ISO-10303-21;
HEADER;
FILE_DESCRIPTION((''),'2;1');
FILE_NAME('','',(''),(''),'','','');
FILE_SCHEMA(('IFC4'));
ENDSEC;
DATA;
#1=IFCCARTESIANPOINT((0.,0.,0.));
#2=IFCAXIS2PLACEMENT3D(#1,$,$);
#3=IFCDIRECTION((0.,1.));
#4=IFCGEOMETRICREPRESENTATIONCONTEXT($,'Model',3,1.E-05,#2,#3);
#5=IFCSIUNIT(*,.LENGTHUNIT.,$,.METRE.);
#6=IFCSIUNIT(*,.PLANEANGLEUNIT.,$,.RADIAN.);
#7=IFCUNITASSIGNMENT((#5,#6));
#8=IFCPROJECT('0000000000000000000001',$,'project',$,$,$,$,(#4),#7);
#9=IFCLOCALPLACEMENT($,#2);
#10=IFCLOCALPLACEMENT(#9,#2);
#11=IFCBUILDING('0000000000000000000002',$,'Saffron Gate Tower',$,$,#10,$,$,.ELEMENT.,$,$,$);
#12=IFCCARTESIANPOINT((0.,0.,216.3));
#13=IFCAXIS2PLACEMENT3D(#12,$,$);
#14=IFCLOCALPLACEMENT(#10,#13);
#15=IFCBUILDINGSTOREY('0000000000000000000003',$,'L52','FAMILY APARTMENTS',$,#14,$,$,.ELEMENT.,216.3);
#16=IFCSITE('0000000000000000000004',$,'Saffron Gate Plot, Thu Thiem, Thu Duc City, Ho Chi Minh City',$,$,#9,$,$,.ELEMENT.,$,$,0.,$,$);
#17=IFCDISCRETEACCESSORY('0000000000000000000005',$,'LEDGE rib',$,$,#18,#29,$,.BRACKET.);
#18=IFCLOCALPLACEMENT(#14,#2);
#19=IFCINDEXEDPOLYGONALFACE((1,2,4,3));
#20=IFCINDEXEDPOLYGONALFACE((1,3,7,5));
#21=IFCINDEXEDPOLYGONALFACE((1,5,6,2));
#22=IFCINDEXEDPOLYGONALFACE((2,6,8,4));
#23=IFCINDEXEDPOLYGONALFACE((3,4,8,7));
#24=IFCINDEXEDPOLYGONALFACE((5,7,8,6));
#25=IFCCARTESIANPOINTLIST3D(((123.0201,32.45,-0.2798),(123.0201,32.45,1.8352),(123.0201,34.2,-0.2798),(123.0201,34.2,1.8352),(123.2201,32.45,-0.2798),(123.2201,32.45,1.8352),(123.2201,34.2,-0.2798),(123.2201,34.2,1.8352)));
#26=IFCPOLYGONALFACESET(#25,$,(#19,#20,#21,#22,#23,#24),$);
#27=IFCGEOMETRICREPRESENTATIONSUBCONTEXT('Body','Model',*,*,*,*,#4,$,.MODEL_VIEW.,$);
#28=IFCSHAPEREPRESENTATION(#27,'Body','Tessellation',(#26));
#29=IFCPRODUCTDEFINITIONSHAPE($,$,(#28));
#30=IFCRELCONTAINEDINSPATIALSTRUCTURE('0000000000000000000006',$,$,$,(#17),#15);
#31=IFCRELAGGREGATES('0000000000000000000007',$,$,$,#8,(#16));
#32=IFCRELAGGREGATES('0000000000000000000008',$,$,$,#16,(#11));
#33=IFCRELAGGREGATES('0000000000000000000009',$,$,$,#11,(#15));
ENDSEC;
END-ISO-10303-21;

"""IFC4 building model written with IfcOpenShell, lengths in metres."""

from ifc_helpers import new_model, si_unit, direction, frame, origin, origin_2d, place, context, subcontext, project, spatial, rectangle, extrude, element, save


model = new_model("IFC4")

# Units and contexts
model_context = context("Model", 3, precision=1e-05, world=origin(), true_north=direction((0.0, 1.0)))
body_context = subcontext(model_context, "Body", "Model", "MODEL_VIEW")
ifc_project = project(units=[si_unit("LENGTHUNIT", "METRE"), si_unit("PLANEANGLEUNIT", "RADIAN")], contexts=[model_context])

# Site, building, storey
site_placement = place(None, origin())
site = spatial("IfcSite", under=ifc_project, at=site_placement, Name="Saffron Gate Plot, Thu Thiem, Thu Duc City, Ho Chi Minh City", CompositionType="ELEMENT", RefElevation=0.0)
building_placement = place(site_placement, origin())
building = spatial("IfcBuilding", under=site, at=building_placement, Name="Saffron Gate Tower", CompositionType="ELEMENT")
storey_placement = place(building_placement, frame((0.0, 0.0, 216.3)))
storey = spatial("IfcBuildingStorey", under=building, at=storey_placement, Name="L52", Description="FAMILY APARTMENTS", CompositionType="ELEMENT", Elevation=216.3)

# Discrete accessory
discrete_accessory_1_placement = place(storey_placement, frame((123.1201, 33.325, -0.2798), z_axis=(0.0, 0.0, 1.0), x_axis=(1.0, 0.0, 0.0)))
element("IfcDiscreteAccessory", 1, at=discrete_accessory_1_placement, inside=storey, Name="LEDGE rib", PredefinedType="BRACKET", context=body_context, shape_type="SweptSolid", body=[
    extrude(rectangle(XDim=0.2, YDim=1.75, at=origin_2d()), origin(), (0.0, 0.0, 1.0), 2.115),
])

save(model, "model.ifc")
